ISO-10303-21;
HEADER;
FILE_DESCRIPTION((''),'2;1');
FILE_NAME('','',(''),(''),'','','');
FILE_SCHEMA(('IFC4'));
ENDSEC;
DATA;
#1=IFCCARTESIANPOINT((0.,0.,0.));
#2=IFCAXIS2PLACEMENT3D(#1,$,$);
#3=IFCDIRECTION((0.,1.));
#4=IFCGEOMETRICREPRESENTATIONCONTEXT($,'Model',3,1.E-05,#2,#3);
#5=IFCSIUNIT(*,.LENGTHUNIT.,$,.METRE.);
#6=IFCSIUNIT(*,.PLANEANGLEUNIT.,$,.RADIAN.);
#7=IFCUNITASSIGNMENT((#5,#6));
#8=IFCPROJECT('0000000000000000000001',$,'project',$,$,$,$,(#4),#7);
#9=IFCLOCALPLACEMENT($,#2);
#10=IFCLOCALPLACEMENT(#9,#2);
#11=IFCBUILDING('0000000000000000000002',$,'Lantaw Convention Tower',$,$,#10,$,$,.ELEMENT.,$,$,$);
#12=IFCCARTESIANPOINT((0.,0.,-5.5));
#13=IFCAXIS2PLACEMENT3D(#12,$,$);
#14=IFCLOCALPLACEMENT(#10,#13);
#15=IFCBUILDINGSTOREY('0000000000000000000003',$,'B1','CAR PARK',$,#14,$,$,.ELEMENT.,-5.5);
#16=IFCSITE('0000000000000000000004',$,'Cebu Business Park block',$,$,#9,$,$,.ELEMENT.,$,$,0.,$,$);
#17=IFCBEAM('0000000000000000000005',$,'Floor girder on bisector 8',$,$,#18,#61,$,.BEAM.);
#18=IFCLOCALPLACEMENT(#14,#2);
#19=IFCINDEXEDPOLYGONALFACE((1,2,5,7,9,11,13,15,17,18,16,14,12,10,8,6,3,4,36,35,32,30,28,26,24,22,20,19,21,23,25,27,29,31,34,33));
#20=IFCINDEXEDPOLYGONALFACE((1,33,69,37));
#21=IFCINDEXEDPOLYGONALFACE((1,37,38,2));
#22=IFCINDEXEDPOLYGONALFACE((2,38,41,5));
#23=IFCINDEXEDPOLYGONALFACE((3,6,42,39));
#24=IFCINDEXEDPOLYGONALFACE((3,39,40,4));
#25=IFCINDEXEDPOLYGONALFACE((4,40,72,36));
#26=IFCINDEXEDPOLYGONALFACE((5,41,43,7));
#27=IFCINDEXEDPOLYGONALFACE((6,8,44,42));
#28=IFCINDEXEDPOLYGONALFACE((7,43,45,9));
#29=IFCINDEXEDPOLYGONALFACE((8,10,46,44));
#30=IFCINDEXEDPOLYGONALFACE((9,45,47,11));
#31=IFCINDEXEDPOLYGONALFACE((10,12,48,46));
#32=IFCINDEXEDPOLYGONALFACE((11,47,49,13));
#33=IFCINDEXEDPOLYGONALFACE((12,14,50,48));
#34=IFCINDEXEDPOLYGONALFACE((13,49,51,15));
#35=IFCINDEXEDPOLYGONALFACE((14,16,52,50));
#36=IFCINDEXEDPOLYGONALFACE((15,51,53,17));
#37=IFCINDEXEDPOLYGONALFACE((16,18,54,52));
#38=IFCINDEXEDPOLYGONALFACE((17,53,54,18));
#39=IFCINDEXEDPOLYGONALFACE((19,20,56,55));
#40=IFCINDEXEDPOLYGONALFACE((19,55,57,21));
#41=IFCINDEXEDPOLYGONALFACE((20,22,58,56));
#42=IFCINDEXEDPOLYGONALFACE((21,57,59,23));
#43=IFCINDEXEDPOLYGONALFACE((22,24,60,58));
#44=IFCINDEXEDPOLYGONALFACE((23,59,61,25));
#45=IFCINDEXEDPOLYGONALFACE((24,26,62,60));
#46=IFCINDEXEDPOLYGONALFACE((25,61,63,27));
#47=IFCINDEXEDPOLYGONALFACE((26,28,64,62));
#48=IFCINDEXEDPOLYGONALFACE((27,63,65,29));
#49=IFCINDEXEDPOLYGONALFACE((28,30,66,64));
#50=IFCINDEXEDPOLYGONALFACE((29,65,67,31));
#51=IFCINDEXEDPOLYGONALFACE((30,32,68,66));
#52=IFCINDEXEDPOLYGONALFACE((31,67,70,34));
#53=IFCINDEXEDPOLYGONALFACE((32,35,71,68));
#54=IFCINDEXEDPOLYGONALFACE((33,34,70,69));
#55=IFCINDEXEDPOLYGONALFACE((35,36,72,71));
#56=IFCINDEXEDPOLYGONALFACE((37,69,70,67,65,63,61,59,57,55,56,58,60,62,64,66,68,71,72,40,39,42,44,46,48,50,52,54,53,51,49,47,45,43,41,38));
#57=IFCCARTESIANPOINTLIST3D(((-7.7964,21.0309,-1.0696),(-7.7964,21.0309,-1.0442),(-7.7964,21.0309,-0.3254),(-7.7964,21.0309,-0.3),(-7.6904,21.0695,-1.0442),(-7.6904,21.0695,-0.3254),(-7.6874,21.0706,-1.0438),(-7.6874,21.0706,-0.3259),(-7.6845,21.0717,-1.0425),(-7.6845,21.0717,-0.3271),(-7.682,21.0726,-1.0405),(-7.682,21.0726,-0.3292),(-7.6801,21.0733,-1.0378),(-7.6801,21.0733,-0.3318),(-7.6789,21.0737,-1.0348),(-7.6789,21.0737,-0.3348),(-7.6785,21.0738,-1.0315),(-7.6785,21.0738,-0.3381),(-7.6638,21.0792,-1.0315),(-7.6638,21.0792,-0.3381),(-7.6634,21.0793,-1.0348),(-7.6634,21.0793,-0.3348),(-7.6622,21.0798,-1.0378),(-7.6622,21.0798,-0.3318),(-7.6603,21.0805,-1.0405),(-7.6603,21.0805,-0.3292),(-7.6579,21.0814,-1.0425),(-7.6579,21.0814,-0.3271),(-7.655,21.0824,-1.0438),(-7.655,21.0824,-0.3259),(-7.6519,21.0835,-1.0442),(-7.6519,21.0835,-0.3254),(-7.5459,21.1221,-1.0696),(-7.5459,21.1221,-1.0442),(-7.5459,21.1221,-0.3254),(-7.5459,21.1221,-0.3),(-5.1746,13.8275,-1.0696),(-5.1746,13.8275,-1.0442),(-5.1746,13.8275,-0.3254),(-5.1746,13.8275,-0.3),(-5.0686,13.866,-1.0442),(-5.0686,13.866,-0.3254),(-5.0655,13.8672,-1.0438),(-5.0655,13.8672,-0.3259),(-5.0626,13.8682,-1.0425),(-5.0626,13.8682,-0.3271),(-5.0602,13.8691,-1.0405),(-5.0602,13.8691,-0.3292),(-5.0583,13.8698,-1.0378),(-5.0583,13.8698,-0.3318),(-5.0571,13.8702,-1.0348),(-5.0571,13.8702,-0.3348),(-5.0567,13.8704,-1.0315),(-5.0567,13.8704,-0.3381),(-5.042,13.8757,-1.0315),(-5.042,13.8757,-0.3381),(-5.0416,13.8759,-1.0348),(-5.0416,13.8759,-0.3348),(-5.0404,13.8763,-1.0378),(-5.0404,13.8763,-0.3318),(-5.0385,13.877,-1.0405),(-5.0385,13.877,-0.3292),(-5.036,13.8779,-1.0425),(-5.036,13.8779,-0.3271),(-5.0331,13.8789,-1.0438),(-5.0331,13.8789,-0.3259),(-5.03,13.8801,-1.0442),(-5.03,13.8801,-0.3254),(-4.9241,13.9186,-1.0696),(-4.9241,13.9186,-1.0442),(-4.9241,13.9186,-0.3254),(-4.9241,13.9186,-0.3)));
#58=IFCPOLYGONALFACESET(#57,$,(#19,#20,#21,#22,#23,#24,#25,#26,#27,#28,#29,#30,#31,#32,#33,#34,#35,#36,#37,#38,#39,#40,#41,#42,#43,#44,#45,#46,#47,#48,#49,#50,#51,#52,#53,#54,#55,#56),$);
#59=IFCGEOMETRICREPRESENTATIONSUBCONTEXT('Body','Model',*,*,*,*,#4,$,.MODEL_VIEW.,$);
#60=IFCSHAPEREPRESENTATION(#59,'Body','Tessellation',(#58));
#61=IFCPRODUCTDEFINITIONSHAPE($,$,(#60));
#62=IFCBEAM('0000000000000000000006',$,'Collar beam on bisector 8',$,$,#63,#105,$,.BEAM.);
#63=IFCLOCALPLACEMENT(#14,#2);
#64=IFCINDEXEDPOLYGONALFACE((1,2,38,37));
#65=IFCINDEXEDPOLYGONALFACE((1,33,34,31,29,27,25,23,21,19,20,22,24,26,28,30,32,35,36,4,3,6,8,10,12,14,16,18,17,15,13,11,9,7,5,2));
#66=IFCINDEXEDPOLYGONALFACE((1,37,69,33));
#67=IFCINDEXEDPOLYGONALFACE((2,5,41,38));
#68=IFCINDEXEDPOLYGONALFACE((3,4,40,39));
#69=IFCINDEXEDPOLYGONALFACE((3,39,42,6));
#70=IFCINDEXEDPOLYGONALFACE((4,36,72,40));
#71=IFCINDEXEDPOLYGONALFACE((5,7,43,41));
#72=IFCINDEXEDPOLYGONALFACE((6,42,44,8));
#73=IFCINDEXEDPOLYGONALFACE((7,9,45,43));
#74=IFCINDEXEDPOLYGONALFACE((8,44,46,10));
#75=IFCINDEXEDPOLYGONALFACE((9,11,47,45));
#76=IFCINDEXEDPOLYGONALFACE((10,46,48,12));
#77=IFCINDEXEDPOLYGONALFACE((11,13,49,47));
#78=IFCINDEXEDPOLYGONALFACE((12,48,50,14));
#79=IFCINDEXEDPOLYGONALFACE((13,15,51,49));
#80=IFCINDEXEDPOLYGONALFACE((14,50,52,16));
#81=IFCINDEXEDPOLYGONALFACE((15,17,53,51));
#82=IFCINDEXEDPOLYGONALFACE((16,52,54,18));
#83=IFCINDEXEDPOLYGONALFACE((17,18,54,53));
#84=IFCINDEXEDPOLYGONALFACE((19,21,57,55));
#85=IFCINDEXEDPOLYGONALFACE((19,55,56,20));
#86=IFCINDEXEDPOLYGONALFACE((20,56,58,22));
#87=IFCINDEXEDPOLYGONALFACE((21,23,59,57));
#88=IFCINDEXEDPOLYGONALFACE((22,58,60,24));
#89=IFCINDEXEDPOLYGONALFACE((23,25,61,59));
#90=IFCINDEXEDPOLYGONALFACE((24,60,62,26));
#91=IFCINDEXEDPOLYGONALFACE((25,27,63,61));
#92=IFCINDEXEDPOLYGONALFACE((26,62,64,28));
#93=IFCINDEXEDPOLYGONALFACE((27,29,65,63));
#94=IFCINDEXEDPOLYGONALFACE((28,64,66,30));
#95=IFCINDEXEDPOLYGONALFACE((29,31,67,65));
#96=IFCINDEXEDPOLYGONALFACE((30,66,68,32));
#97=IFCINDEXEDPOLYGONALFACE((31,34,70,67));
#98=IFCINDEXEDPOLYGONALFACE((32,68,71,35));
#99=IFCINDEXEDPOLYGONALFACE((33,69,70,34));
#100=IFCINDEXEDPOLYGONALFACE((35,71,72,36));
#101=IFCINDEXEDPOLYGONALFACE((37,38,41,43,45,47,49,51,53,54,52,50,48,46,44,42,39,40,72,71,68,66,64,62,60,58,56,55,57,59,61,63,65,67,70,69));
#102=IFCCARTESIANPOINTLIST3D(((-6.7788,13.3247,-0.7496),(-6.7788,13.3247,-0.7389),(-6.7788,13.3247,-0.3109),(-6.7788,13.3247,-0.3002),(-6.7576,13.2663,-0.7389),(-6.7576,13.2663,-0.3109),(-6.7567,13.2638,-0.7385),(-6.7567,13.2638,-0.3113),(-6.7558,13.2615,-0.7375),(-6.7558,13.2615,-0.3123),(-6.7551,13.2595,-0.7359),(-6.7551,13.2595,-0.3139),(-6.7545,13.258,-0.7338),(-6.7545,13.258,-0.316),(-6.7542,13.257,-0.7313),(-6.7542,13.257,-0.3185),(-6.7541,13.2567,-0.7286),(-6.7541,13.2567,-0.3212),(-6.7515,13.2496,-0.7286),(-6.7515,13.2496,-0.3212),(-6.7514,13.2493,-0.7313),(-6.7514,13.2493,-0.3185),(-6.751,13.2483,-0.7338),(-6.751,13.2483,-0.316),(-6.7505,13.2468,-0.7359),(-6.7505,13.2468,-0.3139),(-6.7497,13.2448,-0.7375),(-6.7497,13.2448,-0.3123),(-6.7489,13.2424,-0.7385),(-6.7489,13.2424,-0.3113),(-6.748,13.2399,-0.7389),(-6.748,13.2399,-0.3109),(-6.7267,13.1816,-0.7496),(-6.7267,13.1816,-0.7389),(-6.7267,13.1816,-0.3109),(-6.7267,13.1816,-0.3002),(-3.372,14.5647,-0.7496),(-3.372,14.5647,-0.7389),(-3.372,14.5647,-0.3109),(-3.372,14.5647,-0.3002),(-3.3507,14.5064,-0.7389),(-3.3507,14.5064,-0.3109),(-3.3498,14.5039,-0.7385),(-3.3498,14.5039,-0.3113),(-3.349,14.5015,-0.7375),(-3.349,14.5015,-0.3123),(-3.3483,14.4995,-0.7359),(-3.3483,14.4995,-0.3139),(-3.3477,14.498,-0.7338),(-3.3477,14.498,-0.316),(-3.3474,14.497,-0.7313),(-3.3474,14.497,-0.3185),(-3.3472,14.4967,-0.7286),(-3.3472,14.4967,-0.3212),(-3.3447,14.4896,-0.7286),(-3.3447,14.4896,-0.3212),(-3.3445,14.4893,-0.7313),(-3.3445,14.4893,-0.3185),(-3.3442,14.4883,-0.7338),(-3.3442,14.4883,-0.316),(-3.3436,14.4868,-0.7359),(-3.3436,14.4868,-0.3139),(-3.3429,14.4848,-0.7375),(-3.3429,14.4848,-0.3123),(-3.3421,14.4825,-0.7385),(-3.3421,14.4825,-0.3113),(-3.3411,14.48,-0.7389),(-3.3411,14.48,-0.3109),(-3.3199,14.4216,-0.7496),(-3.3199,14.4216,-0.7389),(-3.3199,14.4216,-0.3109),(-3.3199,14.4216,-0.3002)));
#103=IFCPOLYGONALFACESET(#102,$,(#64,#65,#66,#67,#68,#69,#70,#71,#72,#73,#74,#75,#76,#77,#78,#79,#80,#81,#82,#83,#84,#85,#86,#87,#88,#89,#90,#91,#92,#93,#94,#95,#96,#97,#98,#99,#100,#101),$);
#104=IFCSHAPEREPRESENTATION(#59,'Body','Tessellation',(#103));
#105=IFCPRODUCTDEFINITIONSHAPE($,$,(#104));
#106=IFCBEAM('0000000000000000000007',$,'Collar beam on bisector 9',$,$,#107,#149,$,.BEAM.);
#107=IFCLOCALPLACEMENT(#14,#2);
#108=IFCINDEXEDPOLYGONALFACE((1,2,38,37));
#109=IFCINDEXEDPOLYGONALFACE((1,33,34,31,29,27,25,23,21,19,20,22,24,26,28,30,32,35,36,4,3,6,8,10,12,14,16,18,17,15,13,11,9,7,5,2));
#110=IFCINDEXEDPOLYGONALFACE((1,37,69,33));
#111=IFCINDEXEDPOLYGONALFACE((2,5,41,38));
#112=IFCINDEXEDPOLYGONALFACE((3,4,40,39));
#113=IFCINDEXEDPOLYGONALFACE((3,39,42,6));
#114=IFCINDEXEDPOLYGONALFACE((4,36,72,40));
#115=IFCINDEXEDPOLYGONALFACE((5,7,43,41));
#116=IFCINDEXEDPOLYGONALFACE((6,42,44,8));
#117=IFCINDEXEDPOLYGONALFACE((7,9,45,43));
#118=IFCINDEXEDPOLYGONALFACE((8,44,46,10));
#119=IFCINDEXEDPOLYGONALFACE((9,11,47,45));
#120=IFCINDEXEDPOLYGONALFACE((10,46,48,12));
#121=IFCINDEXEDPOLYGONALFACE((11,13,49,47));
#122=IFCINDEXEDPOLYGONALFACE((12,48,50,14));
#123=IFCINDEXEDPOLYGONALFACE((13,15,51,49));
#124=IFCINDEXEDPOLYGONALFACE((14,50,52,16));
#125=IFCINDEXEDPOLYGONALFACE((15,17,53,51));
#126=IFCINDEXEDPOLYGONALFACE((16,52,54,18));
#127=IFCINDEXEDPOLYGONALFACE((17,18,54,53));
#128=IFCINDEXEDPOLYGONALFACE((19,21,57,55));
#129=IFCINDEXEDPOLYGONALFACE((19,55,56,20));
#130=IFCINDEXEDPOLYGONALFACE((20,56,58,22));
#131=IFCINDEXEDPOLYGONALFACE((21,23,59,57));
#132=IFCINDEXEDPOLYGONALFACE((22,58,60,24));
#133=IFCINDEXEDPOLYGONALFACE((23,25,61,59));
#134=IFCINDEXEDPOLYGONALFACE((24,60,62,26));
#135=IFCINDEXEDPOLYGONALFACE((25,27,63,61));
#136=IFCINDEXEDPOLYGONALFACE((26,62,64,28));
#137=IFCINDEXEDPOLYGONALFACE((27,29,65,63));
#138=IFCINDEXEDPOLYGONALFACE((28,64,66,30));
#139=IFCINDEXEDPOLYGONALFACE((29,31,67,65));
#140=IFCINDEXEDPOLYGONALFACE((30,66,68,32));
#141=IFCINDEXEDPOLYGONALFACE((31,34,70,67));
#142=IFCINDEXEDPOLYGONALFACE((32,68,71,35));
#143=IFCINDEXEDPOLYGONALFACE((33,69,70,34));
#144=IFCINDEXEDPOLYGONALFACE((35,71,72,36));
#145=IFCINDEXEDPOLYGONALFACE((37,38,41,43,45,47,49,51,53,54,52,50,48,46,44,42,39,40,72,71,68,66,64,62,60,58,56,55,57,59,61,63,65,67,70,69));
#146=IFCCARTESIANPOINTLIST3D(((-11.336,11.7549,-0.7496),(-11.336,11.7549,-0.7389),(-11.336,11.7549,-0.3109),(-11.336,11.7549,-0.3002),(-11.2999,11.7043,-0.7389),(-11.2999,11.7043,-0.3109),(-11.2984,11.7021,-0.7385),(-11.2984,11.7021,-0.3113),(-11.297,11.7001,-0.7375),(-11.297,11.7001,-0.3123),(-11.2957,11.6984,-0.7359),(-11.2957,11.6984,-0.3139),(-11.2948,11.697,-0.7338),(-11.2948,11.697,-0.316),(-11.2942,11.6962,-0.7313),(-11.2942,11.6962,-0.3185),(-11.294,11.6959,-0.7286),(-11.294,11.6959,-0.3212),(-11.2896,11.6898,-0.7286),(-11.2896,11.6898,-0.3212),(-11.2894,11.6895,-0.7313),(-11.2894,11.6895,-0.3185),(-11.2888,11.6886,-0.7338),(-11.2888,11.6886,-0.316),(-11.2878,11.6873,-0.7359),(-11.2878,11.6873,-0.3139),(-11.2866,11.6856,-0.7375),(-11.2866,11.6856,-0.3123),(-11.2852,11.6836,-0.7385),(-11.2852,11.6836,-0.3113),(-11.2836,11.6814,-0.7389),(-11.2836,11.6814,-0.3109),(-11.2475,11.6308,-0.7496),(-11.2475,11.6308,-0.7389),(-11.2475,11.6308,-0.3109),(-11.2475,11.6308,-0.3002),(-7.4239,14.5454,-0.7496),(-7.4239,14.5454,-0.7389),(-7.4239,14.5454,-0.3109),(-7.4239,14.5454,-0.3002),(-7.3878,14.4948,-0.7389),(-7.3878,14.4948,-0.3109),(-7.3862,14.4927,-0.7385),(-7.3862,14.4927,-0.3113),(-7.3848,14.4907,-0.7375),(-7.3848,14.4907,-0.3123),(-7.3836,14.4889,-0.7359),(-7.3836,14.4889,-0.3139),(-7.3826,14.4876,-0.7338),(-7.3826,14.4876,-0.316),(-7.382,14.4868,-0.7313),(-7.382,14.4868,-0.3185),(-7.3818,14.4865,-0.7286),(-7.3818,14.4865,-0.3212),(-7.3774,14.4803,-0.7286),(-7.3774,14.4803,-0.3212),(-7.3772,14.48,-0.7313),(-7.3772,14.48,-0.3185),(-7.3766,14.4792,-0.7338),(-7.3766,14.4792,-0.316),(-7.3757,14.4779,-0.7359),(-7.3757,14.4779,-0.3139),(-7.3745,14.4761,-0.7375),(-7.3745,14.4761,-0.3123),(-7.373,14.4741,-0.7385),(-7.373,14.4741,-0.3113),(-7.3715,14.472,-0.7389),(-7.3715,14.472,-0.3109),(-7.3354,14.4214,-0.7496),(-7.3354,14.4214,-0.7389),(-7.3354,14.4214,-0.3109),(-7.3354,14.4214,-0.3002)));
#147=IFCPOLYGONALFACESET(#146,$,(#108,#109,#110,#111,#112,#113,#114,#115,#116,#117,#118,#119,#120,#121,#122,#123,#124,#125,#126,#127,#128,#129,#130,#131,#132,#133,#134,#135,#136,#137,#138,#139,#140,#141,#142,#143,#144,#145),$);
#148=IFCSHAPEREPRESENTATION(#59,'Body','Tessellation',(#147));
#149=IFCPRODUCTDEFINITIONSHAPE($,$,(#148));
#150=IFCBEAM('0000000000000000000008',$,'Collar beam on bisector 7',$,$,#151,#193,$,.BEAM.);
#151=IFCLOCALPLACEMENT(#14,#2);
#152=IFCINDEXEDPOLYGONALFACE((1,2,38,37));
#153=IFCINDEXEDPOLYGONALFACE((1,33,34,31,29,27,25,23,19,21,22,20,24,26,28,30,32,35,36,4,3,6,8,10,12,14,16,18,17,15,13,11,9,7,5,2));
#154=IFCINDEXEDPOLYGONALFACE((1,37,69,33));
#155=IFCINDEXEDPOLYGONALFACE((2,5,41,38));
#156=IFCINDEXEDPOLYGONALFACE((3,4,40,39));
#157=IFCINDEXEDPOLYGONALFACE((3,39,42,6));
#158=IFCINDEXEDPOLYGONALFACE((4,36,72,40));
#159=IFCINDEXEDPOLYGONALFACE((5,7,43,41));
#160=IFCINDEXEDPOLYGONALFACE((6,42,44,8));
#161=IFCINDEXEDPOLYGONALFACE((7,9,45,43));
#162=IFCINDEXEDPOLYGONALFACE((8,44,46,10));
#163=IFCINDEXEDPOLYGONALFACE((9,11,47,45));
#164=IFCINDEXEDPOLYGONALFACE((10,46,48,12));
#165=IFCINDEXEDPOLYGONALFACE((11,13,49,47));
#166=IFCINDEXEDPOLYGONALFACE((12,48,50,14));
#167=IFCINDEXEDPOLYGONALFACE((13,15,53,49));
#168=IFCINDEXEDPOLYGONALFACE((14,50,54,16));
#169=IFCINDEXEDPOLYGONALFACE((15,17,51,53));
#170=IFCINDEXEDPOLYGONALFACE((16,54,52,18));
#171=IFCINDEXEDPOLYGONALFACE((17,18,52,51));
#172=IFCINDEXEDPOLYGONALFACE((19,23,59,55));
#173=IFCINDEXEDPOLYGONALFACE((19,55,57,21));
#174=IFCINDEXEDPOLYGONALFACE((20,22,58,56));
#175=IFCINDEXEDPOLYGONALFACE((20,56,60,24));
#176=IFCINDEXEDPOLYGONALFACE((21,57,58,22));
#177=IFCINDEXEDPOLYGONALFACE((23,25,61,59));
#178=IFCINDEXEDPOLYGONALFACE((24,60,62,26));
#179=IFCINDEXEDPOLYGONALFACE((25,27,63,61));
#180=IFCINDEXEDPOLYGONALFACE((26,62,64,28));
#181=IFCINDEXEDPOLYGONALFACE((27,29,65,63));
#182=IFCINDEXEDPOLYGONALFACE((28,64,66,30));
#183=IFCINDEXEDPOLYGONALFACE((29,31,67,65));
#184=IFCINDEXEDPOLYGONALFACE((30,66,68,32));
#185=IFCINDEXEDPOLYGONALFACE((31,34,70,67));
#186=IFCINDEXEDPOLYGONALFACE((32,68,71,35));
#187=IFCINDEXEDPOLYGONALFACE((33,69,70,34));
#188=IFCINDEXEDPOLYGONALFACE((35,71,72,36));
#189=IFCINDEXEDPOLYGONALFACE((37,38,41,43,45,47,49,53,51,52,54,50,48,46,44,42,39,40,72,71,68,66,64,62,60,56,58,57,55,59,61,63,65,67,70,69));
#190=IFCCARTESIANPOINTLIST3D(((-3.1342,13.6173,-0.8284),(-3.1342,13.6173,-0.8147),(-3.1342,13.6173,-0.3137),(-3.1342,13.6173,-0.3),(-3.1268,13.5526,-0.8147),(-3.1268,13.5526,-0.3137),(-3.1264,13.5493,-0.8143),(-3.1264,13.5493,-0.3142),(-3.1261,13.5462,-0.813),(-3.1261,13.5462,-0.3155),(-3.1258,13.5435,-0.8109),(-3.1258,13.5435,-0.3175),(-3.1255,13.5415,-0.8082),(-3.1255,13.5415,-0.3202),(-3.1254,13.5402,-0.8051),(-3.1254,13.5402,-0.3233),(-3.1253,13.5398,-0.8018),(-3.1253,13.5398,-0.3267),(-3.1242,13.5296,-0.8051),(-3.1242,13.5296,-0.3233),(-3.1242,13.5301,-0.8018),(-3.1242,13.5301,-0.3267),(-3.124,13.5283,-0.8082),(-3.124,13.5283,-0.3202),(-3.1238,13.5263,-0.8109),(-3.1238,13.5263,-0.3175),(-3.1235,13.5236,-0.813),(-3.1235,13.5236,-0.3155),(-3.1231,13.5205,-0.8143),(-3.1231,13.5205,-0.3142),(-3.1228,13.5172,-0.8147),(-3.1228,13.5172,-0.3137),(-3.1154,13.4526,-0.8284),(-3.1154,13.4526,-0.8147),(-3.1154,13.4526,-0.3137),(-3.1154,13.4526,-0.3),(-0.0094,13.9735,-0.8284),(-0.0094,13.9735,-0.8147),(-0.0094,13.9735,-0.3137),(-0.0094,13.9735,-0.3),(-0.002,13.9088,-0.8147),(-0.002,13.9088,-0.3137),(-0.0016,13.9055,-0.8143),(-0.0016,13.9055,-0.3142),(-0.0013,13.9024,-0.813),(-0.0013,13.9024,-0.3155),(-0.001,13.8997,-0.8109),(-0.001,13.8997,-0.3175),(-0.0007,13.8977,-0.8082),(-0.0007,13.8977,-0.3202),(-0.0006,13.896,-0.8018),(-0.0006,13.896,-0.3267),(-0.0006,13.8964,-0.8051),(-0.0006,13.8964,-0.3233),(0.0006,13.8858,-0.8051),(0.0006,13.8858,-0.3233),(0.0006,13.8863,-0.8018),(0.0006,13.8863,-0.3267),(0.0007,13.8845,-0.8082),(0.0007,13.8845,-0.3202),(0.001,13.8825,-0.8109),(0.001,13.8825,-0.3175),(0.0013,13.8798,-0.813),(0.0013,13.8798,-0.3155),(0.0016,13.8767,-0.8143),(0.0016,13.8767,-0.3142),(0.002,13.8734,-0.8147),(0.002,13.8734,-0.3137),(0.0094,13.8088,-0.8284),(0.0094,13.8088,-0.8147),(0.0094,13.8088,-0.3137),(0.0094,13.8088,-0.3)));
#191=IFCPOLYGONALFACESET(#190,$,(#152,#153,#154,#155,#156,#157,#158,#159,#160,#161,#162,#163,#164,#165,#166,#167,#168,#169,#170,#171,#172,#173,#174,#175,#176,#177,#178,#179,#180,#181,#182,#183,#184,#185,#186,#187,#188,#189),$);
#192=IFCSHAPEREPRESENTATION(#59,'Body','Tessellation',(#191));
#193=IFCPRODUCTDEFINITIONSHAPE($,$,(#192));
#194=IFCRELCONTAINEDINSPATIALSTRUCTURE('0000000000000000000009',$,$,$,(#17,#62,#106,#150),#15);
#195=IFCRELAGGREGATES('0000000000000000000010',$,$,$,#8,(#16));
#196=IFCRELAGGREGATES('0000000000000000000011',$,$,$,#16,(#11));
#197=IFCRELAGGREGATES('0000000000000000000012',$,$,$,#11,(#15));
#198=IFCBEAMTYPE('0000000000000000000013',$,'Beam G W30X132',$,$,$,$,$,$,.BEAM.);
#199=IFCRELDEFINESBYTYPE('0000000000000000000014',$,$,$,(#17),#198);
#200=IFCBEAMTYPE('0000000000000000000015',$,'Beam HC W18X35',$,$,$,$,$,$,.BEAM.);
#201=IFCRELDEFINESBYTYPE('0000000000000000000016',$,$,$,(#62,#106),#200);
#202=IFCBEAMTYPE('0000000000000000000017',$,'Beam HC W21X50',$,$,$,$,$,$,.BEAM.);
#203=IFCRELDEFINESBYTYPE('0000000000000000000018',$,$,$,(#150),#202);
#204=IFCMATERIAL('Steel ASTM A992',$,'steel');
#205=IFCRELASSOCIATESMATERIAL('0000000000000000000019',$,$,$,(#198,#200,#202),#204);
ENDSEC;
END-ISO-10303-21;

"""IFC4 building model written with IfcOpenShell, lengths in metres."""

from ifc_helpers import new_model, si_unit, direction, frame, origin, origin_2d, place, context, subcontext, project, spatial, i_section, extrude, material, material_profile, profile_set, type_object, element, save


model = new_model("IFC4")

# Units and contexts
model_context = context("Model", 3, precision=1e-05, world=origin(), true_north=direction((0.0, 1.0)))
body_context = subcontext(model_context, "Body", "Model", "MODEL_VIEW")
ifc_project = project(units=[si_unit("LENGTHUNIT", "METRE"), si_unit("PLANEANGLEUNIT", "RADIAN")], contexts=[model_context])

# Site, building, storey
site_placement = place(None, origin())
site = spatial("IfcSite", under=ifc_project, at=site_placement, Name="Cebu Business Park block", CompositionType="ELEMENT", RefElevation=0.0)
building_placement = place(site_placement, origin())
building = spatial("IfcBuilding", under=site, at=building_placement, Name="Lantaw Convention Tower", CompositionType="ELEMENT")
storey_placement = place(building_placement, frame((0.0, 0.0, -5.5)))
storey = spatial("IfcBuildingStorey", under=building, at=storey_placement, Name="B1", Description="CAR PARK", CompositionType="ELEMENT", Elevation=-5.5)

# Beams
ifc_material_1 = material(Name="Steel ASTM A992", Category="steel")
ifc_material_profile_1 = material_profile(ifc_material_1, i_section(OverallWidth=0.2666, OverallDepth=0.7695, WebThickness=0.0156, FlangeThickness=0.0254, FilletRadius=0.0127, at=origin_2d()), Name="W30X132")
ifc_profile_set_1 = profile_set([ifc_material_profile_1], Name="Steel ASTM A992")
beam_type_1 = type_object("IfcBeamType", Name="Beam G W30X132", PredefinedType="BEAM", material=ifc_profile_set_1)
beam_1_placement = place(storey_placement, frame((-5.0493, 13.873, -0.6848), z_axis=(-0.342022, 0.939692, 0.0), x_axis=(-0.939692, -0.342022, 0.0)))
element("IfcBeam", 1, at=beam_1_placement, inside=storey, type_object=beam_type_1, Name="Floor girder on bisector 8", PredefinedType="BEAM", context=body_context, shape_type="SweptSolid", body=[
    extrude(i_section(OverallWidth=0.2666, OverallDepth=0.7695, WebThickness=0.0156, FlangeThickness=0.0254, FilletRadius=0.0127, at=origin_2d()), origin(), (0.0, 0.0, 1.0), 7.6658),
])
ifc_material_profile_2 = material_profile(ifc_material_1, i_section(OverallWidth=0.1523, OverallDepth=0.4495, WebThickness=0.0076, FlangeThickness=0.0107, FilletRadius=0.0103, at=origin_2d()), Name="W18X35")
ifc_profile_set_2 = profile_set([ifc_material_profile_2], Name="Steel ASTM A992")
beam_type_2 = type_object("IfcBeamType", Name="Beam HC W18X35", PredefinedType="BEAM", material=ifc_profile_set_2)
beam_2_placement = place(storey_placement, frame((-3.3459, 14.4932, -0.5249), z_axis=(-0.939689, -0.34203, 0.0), x_axis=(0.34203, -0.939689, 0.0)))
element("IfcBeam", 2, at=beam_2_placement, inside=storey, type_object=beam_type_2, Name="Collar beam on bisector 8", PredefinedType="BEAM", context=body_context, shape_type="SweptSolid", body=[
    extrude(i_section(OverallWidth=0.1523, OverallDepth=0.4495, WebThickness=0.0076, FlangeThickness=0.0107, FilletRadius=0.0103, at=origin_2d()), origin(), (0.0, 0.0, 1.0), 3.6255),
])
beam_3_placement = place(storey_placement, frame((-7.3796, 14.4834, -0.5249), z_axis=(-0.814111, -0.580709, 0.0), x_axis=(0.580709, -0.814111, 0.0)))
element("IfcBeam", 3, at=beam_3_placement, inside=storey, type_object=beam_type_2, Name="Collar beam on bisector 9", PredefinedType="BEAM", context=body_context, shape_type="SweptSolid", body=[
    extrude(i_section(OverallWidth=0.1523, OverallDepth=0.4495, WebThickness=0.0076, FlangeThickness=0.0107, FilletRadius=0.0103, at=origin_2d()), origin(), (0.0, 0.0, 1.0), 4.8054),
])
ifc_material_profile_3 = material_profile(ifc_material_1, i_section(OverallWidth=0.1658, OverallDepth=0.5283, WebThickness=0.0098, FlangeThickness=0.0137, FilletRadius=0.0129, at=origin_2d()), Name="W21X50")
ifc_profile_set_3 = profile_set([ifc_material_profile_3], Name="Steel ASTM A992")
beam_type_3 = type_object("IfcBeamType", Name="Beam HC W21X50", PredefinedType="BEAM", material=ifc_profile_set_3)
beam_4_placement = place(storey_placement, frame((0.0, 13.8911, -0.5642), z_axis=(-0.993565, -0.11326, 0.0), x_axis=(0.11326, -0.993565, 0.0)))
element("IfcBeam", 4, at=beam_4_placement, inside=storey, type_object=beam_type_3, Name="Collar beam on bisector 7", PredefinedType="BEAM", context=body_context, shape_type="SweptSolid", body=[
    extrude(i_section(OverallWidth=0.1658, OverallDepth=0.5283, WebThickness=0.0098, FlangeThickness=0.0137, FilletRadius=0.0129, at=origin_2d()), origin(), (0.0, 0.0, 1.0), 3.145),
])

save(model, "model.ifc")
